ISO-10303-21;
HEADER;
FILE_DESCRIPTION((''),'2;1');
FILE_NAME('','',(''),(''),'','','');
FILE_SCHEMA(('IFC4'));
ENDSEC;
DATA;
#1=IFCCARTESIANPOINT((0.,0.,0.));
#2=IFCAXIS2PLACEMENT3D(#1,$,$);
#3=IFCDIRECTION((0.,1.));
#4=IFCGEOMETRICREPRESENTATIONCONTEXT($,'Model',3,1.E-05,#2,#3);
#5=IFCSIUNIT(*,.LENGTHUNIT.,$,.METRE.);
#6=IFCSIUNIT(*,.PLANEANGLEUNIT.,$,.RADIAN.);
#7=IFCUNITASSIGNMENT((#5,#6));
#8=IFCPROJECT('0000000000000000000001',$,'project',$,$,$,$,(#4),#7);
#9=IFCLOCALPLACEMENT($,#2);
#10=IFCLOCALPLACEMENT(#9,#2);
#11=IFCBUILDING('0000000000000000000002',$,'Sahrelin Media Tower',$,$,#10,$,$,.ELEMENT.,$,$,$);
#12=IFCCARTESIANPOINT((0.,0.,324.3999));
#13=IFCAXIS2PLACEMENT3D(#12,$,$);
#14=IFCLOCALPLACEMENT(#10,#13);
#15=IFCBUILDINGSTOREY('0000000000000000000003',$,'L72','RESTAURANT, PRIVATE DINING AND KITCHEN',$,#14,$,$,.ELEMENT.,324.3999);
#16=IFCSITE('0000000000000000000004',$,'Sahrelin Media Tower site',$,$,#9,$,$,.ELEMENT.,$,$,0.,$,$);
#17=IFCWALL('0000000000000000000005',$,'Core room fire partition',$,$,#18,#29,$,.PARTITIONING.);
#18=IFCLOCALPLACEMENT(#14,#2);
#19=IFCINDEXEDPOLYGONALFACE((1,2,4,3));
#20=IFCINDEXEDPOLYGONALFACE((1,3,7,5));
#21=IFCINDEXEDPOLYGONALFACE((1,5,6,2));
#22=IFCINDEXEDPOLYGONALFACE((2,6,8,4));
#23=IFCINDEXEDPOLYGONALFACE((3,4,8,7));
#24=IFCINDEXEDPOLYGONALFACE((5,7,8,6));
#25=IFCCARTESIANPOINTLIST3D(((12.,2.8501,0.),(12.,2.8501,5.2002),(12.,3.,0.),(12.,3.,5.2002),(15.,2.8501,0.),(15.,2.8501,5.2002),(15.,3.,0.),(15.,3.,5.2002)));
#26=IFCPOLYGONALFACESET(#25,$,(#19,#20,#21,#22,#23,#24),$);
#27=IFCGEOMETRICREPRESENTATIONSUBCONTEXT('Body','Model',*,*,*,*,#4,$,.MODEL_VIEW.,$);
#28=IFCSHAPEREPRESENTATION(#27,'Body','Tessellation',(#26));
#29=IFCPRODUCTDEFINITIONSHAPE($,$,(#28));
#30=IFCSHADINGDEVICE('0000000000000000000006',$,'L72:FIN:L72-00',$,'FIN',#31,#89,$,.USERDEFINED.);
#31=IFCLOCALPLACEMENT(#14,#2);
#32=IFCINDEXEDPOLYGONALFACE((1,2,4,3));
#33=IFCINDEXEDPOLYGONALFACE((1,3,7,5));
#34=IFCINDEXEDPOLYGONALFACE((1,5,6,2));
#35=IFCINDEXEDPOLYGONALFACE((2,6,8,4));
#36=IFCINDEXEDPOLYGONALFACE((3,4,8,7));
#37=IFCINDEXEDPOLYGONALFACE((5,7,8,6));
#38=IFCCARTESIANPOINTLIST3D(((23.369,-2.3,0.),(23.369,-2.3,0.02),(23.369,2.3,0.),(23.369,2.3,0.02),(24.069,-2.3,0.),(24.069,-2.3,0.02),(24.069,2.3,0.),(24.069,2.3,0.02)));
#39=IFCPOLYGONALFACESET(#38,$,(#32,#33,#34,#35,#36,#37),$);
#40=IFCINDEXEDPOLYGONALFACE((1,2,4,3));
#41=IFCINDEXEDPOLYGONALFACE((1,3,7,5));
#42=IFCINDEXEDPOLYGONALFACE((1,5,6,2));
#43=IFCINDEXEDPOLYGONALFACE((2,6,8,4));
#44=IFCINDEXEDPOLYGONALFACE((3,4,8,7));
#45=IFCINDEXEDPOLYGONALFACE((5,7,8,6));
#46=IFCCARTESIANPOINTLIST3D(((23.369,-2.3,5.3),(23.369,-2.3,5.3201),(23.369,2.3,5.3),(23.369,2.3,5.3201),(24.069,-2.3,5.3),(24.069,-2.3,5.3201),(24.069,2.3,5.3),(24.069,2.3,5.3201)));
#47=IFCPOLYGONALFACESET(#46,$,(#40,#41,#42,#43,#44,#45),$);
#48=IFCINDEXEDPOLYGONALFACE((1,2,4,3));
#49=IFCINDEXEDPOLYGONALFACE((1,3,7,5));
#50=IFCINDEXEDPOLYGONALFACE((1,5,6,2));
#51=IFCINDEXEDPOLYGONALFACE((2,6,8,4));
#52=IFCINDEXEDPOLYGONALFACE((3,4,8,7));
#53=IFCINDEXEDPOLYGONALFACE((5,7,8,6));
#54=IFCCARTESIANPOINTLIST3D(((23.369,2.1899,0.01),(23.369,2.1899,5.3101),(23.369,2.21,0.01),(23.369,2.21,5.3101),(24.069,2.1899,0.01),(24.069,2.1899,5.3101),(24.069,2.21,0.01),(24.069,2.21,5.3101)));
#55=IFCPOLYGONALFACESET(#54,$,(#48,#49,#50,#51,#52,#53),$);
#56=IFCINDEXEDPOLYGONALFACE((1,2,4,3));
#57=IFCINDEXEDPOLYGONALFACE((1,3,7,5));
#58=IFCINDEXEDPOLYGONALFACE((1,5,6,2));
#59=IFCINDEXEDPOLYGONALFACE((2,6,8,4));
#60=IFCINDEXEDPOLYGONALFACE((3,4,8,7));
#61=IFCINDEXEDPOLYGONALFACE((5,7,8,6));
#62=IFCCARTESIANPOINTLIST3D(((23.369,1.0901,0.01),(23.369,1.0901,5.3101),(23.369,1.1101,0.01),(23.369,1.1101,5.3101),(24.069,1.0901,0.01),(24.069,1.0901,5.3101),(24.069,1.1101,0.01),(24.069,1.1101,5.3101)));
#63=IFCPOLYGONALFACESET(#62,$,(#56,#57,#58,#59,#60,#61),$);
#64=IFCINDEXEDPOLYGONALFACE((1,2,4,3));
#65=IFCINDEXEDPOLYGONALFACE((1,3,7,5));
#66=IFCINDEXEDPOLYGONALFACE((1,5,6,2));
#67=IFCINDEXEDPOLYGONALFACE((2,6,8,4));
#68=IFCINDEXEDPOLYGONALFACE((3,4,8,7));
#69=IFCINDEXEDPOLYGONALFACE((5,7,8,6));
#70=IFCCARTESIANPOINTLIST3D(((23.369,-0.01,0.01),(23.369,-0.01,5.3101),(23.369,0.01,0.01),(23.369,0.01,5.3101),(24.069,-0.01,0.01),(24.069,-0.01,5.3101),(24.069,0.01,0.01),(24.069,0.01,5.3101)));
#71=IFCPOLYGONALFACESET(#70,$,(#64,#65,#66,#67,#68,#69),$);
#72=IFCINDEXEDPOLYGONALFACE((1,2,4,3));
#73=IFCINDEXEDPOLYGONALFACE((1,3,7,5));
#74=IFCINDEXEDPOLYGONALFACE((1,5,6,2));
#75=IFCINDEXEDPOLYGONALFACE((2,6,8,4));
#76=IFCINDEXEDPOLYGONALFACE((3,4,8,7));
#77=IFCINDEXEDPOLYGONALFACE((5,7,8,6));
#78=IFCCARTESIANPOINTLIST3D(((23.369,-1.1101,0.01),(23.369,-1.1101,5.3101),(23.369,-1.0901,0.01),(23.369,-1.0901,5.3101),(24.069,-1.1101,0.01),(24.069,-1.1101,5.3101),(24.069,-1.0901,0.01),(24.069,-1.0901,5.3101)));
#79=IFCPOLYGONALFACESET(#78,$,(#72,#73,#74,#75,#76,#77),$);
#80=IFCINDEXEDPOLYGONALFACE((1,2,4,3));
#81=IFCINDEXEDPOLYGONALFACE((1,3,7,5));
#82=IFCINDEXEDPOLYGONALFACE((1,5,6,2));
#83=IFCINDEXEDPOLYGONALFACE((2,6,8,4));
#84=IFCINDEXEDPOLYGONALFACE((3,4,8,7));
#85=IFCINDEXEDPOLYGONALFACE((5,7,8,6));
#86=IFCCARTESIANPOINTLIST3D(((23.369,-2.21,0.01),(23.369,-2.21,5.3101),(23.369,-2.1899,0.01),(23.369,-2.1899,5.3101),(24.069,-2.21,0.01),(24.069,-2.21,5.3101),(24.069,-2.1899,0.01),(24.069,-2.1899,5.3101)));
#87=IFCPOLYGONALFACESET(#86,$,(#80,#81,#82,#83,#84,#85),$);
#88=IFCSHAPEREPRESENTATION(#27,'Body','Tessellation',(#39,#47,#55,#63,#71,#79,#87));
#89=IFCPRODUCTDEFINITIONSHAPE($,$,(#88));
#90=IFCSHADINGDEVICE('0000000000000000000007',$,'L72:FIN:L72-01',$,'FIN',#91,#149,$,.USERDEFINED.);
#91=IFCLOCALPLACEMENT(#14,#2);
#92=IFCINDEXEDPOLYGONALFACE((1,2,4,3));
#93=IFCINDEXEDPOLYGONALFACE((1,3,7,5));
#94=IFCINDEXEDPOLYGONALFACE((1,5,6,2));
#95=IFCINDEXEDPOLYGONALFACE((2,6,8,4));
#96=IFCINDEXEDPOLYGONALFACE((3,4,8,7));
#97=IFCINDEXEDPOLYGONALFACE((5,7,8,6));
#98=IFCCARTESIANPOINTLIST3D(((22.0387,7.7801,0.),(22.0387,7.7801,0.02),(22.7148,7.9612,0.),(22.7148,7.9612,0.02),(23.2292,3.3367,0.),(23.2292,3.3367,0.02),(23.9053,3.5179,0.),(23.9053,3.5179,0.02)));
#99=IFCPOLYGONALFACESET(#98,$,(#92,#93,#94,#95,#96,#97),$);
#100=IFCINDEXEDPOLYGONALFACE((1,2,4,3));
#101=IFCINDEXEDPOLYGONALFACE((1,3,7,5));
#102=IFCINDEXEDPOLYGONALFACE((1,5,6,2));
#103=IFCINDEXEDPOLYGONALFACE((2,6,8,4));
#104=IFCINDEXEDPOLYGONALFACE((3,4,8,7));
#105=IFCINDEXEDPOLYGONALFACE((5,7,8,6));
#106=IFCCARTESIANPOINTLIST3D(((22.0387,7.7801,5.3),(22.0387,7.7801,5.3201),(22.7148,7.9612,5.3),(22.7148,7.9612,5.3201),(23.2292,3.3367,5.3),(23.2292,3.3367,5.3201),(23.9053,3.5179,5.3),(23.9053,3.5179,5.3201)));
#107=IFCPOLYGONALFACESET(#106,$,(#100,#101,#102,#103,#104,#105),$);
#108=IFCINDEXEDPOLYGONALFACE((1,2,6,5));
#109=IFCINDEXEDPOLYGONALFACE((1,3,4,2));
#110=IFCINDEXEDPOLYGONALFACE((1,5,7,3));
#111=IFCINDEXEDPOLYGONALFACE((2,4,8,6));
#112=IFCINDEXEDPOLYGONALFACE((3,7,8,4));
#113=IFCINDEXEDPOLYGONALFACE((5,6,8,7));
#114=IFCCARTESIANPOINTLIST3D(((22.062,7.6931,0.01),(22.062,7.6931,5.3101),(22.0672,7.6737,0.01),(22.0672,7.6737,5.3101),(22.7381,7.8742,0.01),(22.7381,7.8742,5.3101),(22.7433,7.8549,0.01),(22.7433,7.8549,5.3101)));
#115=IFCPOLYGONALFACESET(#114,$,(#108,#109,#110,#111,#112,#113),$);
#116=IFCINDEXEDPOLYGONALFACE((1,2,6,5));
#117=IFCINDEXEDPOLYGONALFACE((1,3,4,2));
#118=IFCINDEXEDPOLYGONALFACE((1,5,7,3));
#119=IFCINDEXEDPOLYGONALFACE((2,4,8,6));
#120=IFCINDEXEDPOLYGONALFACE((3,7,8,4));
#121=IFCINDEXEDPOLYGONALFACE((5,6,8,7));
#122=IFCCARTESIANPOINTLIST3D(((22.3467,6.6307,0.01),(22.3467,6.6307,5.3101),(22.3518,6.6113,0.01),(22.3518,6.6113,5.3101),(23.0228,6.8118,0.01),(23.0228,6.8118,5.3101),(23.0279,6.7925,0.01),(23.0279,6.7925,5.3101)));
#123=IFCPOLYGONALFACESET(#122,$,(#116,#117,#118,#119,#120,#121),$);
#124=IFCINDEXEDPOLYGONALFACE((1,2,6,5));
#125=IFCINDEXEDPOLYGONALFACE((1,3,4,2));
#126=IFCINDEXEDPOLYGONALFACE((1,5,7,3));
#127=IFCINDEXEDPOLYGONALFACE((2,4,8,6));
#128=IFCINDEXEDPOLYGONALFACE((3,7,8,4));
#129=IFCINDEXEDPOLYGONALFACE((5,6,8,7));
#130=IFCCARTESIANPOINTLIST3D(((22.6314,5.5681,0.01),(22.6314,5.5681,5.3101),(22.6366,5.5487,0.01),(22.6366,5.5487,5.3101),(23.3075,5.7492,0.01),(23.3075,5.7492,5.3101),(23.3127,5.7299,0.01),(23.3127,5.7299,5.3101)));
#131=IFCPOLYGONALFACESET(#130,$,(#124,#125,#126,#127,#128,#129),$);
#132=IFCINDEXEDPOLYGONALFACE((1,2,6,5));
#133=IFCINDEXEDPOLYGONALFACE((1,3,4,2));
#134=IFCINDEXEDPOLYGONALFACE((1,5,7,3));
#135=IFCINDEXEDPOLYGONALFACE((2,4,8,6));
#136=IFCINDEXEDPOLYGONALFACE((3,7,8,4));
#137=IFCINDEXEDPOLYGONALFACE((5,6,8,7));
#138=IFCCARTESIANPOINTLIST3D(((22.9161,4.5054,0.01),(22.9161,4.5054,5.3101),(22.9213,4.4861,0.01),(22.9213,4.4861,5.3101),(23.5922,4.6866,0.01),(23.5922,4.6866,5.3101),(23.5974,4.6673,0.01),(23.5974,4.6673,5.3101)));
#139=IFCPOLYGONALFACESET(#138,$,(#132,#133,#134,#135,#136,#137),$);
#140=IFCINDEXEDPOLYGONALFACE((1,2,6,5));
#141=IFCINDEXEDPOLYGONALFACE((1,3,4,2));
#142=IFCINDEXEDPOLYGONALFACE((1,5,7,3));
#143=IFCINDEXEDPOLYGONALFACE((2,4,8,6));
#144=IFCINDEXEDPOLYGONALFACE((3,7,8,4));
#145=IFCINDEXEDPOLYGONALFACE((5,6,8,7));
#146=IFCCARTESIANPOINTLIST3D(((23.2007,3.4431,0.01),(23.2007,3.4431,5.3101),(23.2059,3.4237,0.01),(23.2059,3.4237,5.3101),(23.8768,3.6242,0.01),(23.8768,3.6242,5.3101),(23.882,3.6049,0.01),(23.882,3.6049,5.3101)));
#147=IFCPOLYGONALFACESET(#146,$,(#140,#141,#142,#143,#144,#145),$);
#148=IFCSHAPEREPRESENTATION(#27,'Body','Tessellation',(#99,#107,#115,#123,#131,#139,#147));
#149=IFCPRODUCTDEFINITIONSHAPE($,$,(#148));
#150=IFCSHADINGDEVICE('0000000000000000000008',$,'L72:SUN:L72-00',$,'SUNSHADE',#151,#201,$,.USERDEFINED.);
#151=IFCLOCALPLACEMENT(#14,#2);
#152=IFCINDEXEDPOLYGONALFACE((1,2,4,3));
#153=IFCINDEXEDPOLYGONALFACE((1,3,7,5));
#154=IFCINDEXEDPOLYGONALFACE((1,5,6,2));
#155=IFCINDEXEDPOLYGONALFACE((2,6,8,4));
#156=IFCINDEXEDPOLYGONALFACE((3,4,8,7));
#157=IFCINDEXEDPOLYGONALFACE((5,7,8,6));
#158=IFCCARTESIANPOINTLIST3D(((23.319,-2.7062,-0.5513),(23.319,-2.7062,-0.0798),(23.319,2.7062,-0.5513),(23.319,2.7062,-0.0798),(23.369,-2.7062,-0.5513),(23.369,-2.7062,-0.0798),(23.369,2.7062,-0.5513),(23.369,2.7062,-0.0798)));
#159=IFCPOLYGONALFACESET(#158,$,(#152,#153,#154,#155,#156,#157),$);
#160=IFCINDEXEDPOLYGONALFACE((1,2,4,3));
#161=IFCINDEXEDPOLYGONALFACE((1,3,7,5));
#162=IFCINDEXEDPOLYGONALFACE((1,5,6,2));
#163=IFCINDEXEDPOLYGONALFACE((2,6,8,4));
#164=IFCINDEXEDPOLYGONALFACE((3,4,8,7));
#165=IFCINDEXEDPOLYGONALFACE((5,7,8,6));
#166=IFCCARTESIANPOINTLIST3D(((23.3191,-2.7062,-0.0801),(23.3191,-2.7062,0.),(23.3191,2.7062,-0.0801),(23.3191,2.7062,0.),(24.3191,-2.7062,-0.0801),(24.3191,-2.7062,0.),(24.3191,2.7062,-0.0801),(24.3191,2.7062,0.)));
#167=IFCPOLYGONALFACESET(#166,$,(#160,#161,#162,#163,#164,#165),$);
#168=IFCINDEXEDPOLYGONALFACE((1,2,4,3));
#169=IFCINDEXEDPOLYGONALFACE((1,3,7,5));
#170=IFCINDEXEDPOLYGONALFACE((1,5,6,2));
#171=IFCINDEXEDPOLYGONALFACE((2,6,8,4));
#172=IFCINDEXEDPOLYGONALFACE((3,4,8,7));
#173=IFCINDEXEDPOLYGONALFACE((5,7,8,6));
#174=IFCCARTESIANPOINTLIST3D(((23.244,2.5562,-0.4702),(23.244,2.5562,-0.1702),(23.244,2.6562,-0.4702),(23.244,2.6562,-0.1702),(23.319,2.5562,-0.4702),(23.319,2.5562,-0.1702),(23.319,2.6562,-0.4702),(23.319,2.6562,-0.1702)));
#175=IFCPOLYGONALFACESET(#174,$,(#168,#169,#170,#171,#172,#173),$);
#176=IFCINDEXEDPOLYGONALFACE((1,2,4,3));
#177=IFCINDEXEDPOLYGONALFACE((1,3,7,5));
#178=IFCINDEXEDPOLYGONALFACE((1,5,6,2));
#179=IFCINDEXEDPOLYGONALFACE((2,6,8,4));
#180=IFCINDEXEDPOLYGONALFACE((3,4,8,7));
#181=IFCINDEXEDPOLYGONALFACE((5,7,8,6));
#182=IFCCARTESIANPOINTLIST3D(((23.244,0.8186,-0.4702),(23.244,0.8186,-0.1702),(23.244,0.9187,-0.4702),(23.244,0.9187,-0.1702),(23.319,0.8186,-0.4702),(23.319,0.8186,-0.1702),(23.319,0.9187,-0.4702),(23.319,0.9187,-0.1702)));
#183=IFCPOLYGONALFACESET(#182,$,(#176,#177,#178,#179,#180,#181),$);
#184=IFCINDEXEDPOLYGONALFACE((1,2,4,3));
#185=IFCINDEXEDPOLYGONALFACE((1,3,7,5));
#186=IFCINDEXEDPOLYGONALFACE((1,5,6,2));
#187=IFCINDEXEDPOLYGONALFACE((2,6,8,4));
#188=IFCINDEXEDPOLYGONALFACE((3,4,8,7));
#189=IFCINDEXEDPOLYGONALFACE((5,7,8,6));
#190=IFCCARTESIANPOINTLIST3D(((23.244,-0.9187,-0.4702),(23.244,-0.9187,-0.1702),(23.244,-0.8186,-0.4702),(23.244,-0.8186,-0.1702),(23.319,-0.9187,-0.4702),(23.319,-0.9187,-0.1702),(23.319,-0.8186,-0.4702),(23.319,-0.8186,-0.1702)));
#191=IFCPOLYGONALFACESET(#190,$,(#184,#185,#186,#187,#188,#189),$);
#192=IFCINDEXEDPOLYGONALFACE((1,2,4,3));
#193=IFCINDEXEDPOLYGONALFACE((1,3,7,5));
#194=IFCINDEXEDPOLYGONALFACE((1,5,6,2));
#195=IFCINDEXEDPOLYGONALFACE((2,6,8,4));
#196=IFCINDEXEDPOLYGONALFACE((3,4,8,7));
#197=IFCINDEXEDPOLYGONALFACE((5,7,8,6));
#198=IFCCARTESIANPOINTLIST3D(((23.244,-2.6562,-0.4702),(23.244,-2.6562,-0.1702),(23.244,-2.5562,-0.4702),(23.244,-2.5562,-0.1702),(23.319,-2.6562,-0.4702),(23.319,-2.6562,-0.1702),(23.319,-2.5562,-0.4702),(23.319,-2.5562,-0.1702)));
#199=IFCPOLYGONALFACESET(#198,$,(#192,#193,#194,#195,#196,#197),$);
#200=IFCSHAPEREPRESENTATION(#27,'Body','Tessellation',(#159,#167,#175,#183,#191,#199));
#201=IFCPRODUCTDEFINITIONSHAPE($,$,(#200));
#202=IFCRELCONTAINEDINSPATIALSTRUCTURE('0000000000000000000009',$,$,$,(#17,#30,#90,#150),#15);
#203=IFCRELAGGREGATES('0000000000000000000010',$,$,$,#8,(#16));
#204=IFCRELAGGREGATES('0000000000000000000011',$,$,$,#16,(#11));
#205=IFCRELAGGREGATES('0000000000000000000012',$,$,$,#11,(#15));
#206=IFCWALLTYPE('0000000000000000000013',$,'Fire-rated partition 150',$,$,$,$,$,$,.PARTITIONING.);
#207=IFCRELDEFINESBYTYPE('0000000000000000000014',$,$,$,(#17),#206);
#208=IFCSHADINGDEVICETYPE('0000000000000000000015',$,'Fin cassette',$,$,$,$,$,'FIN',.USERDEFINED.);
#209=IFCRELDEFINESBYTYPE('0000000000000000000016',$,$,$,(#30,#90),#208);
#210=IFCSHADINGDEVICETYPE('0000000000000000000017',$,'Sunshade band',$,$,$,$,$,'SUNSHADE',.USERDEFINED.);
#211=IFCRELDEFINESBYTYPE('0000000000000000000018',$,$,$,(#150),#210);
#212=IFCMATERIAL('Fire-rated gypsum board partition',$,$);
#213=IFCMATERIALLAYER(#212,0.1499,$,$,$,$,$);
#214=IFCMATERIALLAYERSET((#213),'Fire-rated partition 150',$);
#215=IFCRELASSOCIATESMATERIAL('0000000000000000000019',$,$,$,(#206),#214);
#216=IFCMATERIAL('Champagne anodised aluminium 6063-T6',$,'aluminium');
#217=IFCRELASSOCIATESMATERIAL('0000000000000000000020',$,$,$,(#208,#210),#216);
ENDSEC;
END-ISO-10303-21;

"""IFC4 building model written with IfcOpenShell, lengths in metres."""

from ifc_helpers import new_model, si_unit, direction, frame, frame_2d, origin, origin_2d, place, context, subcontext, project, spatial, rectangle, extrude, material, layer, layer_set, type_object, element, save


model = new_model("IFC4")

# Units and contexts
model_context = context("Model", 3, precision=1e-05, world=origin(), true_north=direction((0.0, 1.0)))
body_context = subcontext(model_context, "Body", "Model", "MODEL_VIEW")
ifc_project = project(units=[si_unit("LENGTHUNIT", "METRE"), si_unit("PLANEANGLEUNIT", "RADIAN")], contexts=[model_context])

# Site, building, storey
site_placement = place(None, origin())
site = spatial("IfcSite", under=ifc_project, at=site_placement, Name="Sahrelin Media Tower site", CompositionType="ELEMENT", RefElevation=0.0)
building_placement = place(site_placement, origin())
building = spatial("IfcBuilding", under=site, at=building_placement, Name="Sahrelin Media Tower", CompositionType="ELEMENT")
storey_placement = place(building_placement, frame((0.0, 0.0, 324.3999)))
storey = spatial("IfcBuildingStorey", under=building, at=storey_placement, Name="L72", Description="RESTAURANT, PRIVATE DINING AND KITCHEN", CompositionType="ELEMENT", Elevation=324.3999)

# Shared definitions
ifc_material_1 = material(Name="Champagne anodised aluminium 6063-T6", Category="aluminium")

# Wall
ifc_material_2 = material(Name="Fire-rated gypsum board partition")
ifc_layer_1 = layer(ifc_material_2, 0.1499)
ifc_layer_set_1 = layer_set([ifc_layer_1], Name="Fire-rated partition 150")
wall_type = type_object("IfcWallType", Name="Fire-rated partition 150", PredefinedType="PARTITIONING", material=ifc_layer_set_1)
wall_placement = place(storey_placement, frame((12.0, 2.925, 0.0), z_axis=(0.0, 0.0, 1.0), x_axis=(1.0, 0.0, 0.0)))
element("IfcWall", 1, at=wall_placement, inside=storey, type_object=wall_type, Name="Core room fire partition", PredefinedType="PARTITIONING", context=body_context, shape_type="SweptSolid", body=[
    extrude(rectangle(XDim=3.0, YDim=0.1499, at=frame_2d((1.5, 0.0))), origin(), (0.0, 0.0, 1.0), 5.2002),
])

# Shading devices
shading_device_type_1 = type_object("IfcShadingDeviceType", Name="Fin cassette", ElementType="FIN", PredefinedType="USERDEFINED", material=ifc_material_1)
placement_1 = place(storey_placement, frame((23.2991, 0.0, 0.0), z_axis=(0.0, 0.0, 1.0), x_axis=(0.0, -1.0, 0.0)))
element("IfcShadingDevice", 2, at=placement_1, inside=storey, type_object=shading_device_type_1, Name="L72:FIN:L72-00", ObjectType="FIN", PredefinedType="USERDEFINED", context=body_context, shape_type="SweptSolid", body=[
    extrude(rectangle(XDim=4.6001, YDim=0.7, at=origin_2d()), frame((0.0, 0.4199, 0.0)), (0.0, 0.0, 1.0), 0.02),
    extrude(rectangle(XDim=4.6001, YDim=0.7, at=origin_2d()), frame((0.0, 0.4199, 5.3)), (0.0, 0.0, 1.0), 0.02),
    extrude(rectangle(XDim=0.02, YDim=0.7, at=origin_2d()), frame((-2.2, 0.4199, 0.01), z_axis=(0.0, 0.0, 1.0), x_axis=(1.0, 0.0, 0.0)), (0.0, 0.0, 1.0), 5.3),
    extrude(rectangle(XDim=0.02, YDim=0.7, at=origin_2d()), frame((-1.1001, 0.4199, 0.01), z_axis=(0.0, 0.0, 1.0), x_axis=(1.0, 0.0, 0.0)), (0.0, 0.0, 1.0), 5.3),
    extrude(rectangle(XDim=0.02, YDim=0.7, at=origin_2d()), frame((0.0, 0.4199, 0.01), z_axis=(0.0, 0.0, 1.0), x_axis=(1.0, 0.0, 0.0)), (0.0, 0.0, 1.0), 5.3),
    extrude(rectangle(XDim=0.02, YDim=0.7, at=origin_2d()), frame((1.1001, 0.4199, 0.01), z_axis=(0.0, 0.0, 1.0), x_axis=(1.0, 0.0, 0.0)), (0.0, 0.0, 1.0), 5.3),
    extrude(rectangle(XDim=0.02, YDim=0.7, at=origin_2d()), frame((2.2, 0.4199, 0.01), z_axis=(0.0, 0.0, 1.0), x_axis=(1.0, 0.0, 0.0)), (0.0, 0.0, 1.0), 5.3),
])
placement_2 = place(storey_placement, frame((22.5664, 5.5403, 0.0), z_axis=(0.0, 0.0, 1.0), x_axis=(0.258808, -0.965929, 0.0)))
element("IfcShadingDevice", 3, at=placement_2, inside=storey, type_object=shading_device_type_1, Name="L72:FIN:L72-01", ObjectType="FIN", PredefinedType="USERDEFINED", context=body_context, shape_type="SweptSolid", body=[
    extrude(rectangle(XDim=4.6001, YDim=0.7, at=origin_2d()), frame((0.0, 0.4199, 0.0)), (0.0, 0.0, 1.0), 0.02),
    extrude(rectangle(XDim=4.6001, YDim=0.7, at=origin_2d()), frame((0.0, 0.4199, 5.3)), (0.0, 0.0, 1.0), 0.02),
    extrude(rectangle(XDim=0.02, YDim=0.7, at=origin_2d()), frame((-2.2, 0.4199, 0.01), z_axis=(0.0, 0.0, 1.0), x_axis=(1.0, 0.0, 0.0)), (0.0, 0.0, 1.0), 5.3),
    extrude(rectangle(XDim=0.02, YDim=0.7, at=origin_2d()), frame((-1.1001, 0.4199, 0.01), z_axis=(0.0, 0.0, 1.0), x_axis=(1.0, 0.0, 0.0)), (0.0, 0.0, 1.0), 5.3),
    extrude(rectangle(XDim=0.02, YDim=0.7, at=origin_2d()), frame((0.0, 0.4199, 0.01), z_axis=(0.0, 0.0, 1.0), x_axis=(1.0, 0.0, 0.0)), (0.0, 0.0, 1.0), 5.3),
    extrude(rectangle(XDim=0.02, YDim=0.7, at=origin_2d()), frame((1.1001, 0.4199, 0.01), z_axis=(0.0, 0.0, 1.0), x_axis=(1.0, 0.0, 0.0)), (0.0, 0.0, 1.0), 5.3),
    extrude(rectangle(XDim=0.02, YDim=0.7, at=origin_2d()), frame((2.2, 0.4199, 0.01), z_axis=(0.0, 0.0, 1.0), x_axis=(1.0, 0.0, 0.0)), (0.0, 0.0, 1.0), 5.3),
])
shading_device_type_2 = type_object("IfcShadingDeviceType", Name="Sunshade band", ElementType="SUNSHADE", PredefinedType="USERDEFINED", material=ifc_material_1)
element("IfcShadingDevice", 4, at=placement_1, inside=storey, type_object=shading_device_type_2, Name="L72:SUN:L72-00", ObjectType="SUNSHADE", PredefinedType="USERDEFINED", context=body_context, shape_type="SweptSolid", body=[
    extrude(rectangle(XDim=5.4124, YDim=0.05, at=origin_2d()), frame((0.0, 0.0449, -0.5513)), (0.0, 0.0, 1.0), 0.4714),
    extrude(rectangle(XDim=5.4124, YDim=1.0, at=origin_2d()), frame((0.0, 0.52, -0.0801)), (0.0, 0.0, 1.0), 0.0801),
    extrude(rectangle(XDim=0.1001, YDim=0.075, at=origin_2d()), frame((-2.6062, -0.0176, -0.4702)), (0.0, 0.0, 1.0), 0.3),
    extrude(rectangle(XDim=0.1001, YDim=0.075, at=origin_2d()), frame((-0.8687, -0.0176, -0.4702)), (0.0, 0.0, 1.0), 0.3),
    extrude(rectangle(XDim=0.1001, YDim=0.075, at=origin_2d()), frame((0.8687, -0.0176, -0.4702)), (0.0, 0.0, 1.0), 0.3),
    extrude(rectangle(XDim=0.1001, YDim=0.075, at=origin_2d()), frame((2.6062, -0.0176, -0.4702)), (0.0, 0.0, 1.0), 0.3),
])

save(model, "model.ifc")
